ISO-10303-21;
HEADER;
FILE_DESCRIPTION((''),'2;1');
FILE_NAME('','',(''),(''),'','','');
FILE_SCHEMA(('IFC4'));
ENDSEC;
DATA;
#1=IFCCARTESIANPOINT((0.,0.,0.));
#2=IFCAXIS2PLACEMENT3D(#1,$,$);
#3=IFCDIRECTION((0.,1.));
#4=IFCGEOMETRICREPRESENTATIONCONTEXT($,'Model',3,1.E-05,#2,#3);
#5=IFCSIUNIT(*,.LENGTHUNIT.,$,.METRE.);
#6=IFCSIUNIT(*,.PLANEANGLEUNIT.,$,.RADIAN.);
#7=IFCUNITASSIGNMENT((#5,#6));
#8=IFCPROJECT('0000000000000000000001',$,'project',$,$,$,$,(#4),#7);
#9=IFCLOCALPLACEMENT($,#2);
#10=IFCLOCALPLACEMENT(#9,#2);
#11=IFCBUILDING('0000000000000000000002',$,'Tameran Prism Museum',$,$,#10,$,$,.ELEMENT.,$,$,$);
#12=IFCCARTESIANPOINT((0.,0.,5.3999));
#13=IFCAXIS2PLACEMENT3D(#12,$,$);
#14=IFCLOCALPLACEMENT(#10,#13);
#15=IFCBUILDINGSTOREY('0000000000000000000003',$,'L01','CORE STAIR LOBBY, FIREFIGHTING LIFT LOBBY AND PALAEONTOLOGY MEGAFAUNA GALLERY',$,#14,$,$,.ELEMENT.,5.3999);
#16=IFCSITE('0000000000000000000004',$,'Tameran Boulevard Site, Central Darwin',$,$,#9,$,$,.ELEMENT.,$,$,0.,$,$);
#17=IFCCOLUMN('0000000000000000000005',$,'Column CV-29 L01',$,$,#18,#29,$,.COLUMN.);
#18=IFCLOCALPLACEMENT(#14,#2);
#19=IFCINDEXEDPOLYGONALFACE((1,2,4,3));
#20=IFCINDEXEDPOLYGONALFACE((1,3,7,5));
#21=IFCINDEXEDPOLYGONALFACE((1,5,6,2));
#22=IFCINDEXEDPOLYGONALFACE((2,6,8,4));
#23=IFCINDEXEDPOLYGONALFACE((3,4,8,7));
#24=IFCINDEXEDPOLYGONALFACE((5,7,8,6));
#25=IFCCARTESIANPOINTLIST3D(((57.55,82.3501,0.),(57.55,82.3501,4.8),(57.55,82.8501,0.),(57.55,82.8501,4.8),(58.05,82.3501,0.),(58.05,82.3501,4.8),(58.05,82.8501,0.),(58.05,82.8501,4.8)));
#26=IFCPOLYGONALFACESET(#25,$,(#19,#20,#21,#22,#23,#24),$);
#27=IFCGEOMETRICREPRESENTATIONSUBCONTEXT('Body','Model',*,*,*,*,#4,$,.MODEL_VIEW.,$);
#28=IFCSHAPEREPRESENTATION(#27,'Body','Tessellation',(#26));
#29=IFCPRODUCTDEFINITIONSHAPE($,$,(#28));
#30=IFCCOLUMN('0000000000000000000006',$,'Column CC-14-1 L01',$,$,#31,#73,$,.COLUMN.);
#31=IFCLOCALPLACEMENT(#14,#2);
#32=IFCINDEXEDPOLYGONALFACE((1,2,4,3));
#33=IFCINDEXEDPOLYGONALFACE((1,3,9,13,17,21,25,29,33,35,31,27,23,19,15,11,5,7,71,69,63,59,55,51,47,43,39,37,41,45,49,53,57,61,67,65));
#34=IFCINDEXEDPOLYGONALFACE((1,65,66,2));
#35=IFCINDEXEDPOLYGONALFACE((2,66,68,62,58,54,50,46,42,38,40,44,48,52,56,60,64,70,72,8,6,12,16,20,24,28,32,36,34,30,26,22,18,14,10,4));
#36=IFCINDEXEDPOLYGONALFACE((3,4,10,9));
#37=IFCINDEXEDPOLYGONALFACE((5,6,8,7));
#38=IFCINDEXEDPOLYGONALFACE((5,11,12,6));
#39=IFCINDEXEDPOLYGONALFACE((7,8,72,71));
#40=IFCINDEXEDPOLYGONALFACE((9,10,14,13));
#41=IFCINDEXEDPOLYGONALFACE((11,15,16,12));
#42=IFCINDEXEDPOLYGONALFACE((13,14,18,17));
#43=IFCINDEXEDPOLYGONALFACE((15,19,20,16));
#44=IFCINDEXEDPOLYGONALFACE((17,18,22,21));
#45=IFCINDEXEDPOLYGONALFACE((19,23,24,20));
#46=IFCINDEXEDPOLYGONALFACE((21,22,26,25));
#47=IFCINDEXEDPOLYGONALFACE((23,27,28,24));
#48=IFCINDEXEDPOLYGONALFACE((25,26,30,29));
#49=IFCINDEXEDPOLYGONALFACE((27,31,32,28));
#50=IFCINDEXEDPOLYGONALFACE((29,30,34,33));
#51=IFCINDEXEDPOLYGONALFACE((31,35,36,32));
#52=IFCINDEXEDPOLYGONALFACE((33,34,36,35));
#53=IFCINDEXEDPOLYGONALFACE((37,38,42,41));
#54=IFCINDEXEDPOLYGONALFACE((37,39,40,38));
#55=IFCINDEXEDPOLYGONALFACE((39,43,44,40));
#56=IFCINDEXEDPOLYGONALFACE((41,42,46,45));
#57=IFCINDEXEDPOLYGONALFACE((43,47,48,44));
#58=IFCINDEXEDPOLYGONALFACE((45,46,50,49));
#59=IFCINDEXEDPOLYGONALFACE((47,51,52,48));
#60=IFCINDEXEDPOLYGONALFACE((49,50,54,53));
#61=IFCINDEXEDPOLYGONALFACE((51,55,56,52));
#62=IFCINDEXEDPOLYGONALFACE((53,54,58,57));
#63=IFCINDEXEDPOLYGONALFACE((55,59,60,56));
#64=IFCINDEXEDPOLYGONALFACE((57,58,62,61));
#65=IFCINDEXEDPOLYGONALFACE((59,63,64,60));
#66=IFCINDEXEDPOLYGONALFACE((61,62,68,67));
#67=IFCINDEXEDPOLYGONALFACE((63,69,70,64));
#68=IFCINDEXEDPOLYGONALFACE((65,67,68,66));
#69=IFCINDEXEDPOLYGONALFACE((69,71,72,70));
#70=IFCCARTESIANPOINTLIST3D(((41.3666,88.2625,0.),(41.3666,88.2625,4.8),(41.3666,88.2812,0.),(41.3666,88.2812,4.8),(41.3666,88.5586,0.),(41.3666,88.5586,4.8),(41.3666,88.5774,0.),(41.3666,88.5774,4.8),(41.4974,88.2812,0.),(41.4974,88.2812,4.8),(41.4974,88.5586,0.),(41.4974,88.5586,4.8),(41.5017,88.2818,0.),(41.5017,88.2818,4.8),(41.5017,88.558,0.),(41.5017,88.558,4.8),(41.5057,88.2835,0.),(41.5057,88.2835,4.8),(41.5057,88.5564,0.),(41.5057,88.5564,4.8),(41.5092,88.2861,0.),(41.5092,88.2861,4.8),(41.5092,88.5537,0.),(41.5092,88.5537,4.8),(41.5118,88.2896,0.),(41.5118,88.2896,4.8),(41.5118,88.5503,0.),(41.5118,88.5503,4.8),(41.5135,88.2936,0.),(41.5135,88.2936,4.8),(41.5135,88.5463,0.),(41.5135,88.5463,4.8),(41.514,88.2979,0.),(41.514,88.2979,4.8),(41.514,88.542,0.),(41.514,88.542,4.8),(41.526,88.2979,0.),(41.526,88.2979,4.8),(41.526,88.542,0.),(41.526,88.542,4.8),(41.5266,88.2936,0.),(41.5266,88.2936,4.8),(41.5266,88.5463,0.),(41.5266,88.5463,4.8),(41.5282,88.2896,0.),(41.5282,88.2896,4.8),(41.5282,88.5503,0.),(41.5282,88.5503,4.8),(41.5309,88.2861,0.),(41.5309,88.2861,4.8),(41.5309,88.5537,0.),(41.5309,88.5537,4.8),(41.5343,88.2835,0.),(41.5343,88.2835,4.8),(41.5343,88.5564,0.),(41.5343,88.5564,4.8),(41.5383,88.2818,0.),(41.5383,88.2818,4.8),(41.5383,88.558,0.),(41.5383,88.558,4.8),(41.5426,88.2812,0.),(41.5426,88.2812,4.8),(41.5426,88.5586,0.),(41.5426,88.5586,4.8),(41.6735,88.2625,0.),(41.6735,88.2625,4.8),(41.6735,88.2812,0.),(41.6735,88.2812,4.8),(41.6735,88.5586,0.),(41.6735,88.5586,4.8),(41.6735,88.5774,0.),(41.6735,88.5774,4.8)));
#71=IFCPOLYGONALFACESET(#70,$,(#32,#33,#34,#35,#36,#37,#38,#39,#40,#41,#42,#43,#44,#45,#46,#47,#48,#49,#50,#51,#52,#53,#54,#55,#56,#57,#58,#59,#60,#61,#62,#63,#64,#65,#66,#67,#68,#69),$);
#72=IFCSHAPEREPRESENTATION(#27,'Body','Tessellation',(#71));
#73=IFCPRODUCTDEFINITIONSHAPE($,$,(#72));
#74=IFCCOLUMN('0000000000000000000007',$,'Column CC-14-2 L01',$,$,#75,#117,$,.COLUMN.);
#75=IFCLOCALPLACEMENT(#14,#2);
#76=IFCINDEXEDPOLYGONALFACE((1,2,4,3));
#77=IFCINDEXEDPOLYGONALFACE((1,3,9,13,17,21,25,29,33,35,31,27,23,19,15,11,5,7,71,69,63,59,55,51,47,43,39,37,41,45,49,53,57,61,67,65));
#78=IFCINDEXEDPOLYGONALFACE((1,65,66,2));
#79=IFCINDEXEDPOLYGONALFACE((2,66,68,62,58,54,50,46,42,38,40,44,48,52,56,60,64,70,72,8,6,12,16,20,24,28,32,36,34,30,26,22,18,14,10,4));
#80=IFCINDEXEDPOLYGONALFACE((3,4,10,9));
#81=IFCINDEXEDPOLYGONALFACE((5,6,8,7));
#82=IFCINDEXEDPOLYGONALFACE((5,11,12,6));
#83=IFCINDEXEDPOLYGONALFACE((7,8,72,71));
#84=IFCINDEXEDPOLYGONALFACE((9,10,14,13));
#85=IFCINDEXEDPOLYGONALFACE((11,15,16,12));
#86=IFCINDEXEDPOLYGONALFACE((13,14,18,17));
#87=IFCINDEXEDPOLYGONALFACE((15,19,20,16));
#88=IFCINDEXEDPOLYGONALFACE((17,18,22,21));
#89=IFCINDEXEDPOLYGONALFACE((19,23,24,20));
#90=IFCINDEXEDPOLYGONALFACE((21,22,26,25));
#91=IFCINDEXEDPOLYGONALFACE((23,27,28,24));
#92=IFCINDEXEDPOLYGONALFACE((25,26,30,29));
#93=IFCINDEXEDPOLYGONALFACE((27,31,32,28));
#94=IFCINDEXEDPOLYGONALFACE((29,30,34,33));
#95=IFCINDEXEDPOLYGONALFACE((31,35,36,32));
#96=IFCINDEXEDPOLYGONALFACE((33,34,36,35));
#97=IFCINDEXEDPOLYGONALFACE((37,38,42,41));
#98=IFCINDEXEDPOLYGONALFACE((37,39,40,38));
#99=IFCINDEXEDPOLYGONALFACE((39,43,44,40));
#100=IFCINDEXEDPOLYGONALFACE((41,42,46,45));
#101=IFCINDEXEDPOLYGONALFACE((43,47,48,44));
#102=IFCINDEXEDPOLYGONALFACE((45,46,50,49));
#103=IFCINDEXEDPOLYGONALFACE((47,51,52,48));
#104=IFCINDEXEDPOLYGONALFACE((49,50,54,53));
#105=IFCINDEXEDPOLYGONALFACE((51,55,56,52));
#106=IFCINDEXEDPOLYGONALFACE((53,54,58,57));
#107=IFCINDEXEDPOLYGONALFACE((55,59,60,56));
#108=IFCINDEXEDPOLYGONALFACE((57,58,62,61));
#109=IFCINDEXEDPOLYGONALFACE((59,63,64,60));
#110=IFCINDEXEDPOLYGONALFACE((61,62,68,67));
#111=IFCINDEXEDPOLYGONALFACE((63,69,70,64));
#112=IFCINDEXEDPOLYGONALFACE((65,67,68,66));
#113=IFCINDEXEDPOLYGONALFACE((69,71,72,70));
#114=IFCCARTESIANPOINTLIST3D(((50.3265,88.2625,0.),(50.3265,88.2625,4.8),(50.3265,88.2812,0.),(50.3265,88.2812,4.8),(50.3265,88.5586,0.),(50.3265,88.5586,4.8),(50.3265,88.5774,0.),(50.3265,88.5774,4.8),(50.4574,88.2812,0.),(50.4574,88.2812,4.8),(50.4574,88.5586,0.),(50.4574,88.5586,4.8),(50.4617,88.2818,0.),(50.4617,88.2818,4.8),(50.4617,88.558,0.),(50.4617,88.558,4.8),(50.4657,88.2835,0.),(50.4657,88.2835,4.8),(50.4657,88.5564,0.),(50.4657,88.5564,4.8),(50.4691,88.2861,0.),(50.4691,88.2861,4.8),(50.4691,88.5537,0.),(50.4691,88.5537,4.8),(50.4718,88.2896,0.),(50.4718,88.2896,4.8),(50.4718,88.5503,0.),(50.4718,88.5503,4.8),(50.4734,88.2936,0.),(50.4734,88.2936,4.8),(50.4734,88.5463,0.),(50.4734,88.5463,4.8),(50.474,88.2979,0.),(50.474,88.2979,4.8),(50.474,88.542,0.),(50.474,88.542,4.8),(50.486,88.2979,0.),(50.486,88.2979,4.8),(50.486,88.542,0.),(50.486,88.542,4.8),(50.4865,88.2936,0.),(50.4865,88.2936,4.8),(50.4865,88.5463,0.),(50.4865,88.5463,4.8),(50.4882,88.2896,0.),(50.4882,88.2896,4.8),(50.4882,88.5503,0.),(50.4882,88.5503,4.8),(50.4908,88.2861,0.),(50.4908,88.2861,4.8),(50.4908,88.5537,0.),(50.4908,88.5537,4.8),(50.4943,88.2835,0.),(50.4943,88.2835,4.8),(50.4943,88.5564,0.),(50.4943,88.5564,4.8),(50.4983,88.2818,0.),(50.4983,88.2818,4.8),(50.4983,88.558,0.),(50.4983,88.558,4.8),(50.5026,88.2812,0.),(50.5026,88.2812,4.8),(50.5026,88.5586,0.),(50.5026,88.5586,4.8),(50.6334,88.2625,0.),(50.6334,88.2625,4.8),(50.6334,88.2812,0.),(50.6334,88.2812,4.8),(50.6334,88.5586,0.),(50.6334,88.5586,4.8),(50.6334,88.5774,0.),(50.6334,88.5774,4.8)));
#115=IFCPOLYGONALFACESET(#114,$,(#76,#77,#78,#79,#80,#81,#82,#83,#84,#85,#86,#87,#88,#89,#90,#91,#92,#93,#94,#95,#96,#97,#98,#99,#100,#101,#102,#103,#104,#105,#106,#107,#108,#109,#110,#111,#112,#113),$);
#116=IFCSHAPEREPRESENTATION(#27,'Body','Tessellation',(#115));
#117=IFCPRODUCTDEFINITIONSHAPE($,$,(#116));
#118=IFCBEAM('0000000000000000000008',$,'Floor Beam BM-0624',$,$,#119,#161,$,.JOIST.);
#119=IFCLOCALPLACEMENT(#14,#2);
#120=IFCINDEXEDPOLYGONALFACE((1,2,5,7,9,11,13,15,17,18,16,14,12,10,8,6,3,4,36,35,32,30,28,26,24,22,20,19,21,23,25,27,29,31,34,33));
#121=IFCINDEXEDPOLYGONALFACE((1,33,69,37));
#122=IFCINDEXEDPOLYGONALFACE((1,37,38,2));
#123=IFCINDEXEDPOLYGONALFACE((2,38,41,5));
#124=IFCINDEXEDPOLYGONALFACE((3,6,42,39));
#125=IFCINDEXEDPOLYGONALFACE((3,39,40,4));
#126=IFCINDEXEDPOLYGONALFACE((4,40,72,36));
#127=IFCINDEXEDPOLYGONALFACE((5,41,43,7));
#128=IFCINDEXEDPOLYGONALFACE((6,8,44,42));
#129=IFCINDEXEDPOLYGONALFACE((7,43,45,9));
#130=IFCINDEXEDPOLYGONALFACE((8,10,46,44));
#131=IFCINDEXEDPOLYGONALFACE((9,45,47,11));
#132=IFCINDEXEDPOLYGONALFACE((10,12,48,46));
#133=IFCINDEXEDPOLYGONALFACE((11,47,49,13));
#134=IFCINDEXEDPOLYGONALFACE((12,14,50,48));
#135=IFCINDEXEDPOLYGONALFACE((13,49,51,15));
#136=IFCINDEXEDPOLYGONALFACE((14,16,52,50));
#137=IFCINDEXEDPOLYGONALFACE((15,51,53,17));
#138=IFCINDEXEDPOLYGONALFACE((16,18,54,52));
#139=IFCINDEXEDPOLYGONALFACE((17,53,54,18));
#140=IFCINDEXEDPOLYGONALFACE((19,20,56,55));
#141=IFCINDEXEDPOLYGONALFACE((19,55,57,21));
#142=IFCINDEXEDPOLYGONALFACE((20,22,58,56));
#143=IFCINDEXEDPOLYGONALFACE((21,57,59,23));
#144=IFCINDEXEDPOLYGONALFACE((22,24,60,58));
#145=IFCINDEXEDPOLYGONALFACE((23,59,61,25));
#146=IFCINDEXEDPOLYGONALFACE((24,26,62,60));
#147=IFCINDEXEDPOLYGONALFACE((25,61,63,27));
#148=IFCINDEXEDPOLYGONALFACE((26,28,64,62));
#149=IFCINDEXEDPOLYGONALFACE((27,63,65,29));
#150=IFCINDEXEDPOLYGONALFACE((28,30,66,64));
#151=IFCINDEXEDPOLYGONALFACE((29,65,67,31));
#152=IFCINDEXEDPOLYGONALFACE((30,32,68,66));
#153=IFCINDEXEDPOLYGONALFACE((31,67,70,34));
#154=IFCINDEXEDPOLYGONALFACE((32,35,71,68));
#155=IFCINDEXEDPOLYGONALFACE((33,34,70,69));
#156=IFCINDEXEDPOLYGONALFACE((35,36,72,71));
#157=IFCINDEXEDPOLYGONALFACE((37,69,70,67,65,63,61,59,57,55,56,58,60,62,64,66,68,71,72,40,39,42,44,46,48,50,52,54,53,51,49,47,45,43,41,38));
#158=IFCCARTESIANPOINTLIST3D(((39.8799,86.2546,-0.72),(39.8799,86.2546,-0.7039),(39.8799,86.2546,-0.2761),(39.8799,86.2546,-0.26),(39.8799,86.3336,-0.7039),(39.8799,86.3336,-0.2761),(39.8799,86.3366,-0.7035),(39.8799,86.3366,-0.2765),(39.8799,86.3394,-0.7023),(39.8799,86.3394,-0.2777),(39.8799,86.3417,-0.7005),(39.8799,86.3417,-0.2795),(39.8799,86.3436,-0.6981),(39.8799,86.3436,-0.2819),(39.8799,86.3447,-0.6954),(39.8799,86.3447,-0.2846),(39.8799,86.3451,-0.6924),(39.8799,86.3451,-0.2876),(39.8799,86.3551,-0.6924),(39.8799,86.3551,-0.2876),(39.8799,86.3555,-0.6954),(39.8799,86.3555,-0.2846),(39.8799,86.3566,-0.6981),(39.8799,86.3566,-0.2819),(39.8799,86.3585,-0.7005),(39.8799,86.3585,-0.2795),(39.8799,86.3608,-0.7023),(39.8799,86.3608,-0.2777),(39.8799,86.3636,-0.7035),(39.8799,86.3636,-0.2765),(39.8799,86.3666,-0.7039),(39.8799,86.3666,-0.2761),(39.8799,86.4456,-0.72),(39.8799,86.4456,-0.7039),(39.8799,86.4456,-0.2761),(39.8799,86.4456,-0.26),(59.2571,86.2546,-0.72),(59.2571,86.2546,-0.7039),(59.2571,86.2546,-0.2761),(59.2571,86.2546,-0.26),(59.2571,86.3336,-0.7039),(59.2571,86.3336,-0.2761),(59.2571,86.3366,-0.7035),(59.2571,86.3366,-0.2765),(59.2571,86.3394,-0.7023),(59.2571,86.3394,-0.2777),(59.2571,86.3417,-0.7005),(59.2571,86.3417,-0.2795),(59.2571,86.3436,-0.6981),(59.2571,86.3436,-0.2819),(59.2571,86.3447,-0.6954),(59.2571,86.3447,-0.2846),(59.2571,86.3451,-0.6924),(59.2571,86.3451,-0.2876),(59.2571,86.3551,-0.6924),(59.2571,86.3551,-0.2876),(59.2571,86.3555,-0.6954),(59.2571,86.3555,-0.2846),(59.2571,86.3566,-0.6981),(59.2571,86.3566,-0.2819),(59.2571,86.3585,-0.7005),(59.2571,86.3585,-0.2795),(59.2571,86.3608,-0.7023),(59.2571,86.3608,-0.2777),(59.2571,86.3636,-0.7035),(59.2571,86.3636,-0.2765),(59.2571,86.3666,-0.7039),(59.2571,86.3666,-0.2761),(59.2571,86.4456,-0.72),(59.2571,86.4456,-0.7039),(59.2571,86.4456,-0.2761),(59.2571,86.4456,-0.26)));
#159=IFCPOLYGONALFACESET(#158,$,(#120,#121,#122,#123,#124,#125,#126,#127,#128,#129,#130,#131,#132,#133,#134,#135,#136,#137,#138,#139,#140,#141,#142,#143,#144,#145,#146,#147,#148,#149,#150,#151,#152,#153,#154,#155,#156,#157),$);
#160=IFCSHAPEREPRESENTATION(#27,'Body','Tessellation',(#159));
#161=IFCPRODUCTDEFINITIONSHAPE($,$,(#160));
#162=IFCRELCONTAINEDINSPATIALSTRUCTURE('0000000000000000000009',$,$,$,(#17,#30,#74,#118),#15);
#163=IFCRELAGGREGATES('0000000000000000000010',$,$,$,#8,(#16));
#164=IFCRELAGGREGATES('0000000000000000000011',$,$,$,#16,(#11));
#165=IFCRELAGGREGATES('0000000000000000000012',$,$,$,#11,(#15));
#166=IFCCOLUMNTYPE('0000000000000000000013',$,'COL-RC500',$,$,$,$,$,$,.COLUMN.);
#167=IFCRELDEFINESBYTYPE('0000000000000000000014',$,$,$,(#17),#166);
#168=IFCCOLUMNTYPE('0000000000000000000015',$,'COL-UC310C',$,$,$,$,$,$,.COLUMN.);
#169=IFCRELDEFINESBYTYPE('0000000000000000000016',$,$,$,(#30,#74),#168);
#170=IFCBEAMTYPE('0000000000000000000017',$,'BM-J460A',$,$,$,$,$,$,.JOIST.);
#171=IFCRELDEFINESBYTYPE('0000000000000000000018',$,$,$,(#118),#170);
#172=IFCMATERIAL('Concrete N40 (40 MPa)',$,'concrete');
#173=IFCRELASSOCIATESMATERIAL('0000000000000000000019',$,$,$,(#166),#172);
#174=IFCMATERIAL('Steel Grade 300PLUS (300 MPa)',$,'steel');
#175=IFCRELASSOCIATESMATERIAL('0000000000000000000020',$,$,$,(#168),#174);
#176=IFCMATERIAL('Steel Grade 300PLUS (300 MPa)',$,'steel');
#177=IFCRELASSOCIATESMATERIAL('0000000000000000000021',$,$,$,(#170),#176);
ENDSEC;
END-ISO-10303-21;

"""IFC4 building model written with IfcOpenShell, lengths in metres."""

from ifc_helpers import new_model, si_unit, direction, frame, origin, origin_2d, place, context, subcontext, project, spatial, rectangle, i_section, extrude, material, material_profile, profile_set, type_object, element, save


model = new_model("IFC4")

# Units and contexts
model_context = context("Model", 3, precision=1e-05, world=origin(), true_north=direction((0.0, 1.0)))
body_context = subcontext(model_context, "Body", "Model", "MODEL_VIEW")
ifc_project = project(units=[si_unit("LENGTHUNIT", "METRE"), si_unit("PLANEANGLEUNIT", "RADIAN")], contexts=[model_context])

# Site, building, storey
site_placement = place(None, origin())
site = spatial("IfcSite", under=ifc_project, at=site_placement, Name="Tameran Boulevard Site, Central Darwin", CompositionType="ELEMENT", RefElevation=0.0)
building_placement = place(site_placement, origin())
building = spatial("IfcBuilding", under=site, at=building_placement, Name="Tameran Prism Museum", CompositionType="ELEMENT")
storey_placement = place(building_placement, frame((0.0, 0.0, 5.3999)))
storey = spatial("IfcBuildingStorey", under=building, at=storey_placement, Name="L01", Description="CORE STAIR LOBBY, FIREFIGHTING LIFT LOBBY AND PALAEONTOLOGY MEGAFAUNA GALLERY", CompositionType="ELEMENT", Elevation=5.3999)

# Columns
ifc_material_1 = material(Name="Concrete N40 (40 MPa)", Category="concrete")
ifc_material_profile_1 = material_profile(ifc_material_1, rectangle(XDim=0.5, YDim=0.5, at=origin_2d()))
ifc_profile_set_1 = profile_set([ifc_material_profile_1])
column_type_1 = type_object("IfcColumnType", Name="COL-RC500", PredefinedType="COLUMN", material=ifc_profile_set_1)
column_placement = place(storey_placement, frame((57.8, 82.6001, 0.0), z_axis=(0.0, 0.0, 1.0), x_axis=(1.0, 0.0, 0.0)))
element("IfcColumn", 1, at=column_placement, inside=storey, type_object=column_type_1, Name="Column CV-29 L01", PredefinedType="COLUMN", context=body_context, shape_type="SweptSolid", body=[
    extrude(rectangle(XDim=0.5, YDim=0.5, at=origin_2d()), origin(), (0.0, 0.0, 1.0), 4.8),
])
ifc_material_2 = material(Name="Steel Grade 300PLUS (300 MPa)", Category="steel")
ifc_material_profile_2 = material_profile(ifc_material_2, i_section(OverallWidth=0.3069, OverallDepth=0.3149, WebThickness=0.012, FlangeThickness=0.0188, FilletRadius=0.0166, at=origin_2d()))
ifc_profile_set_2 = profile_set([ifc_material_profile_2])
column_type_2 = type_object("IfcColumnType", Name="COL-UC310C", PredefinedType="COLUMN", material=ifc_profile_set_2)
for number, where, z_axis, x_axis, name in (
    (2, (41.52, 88.4199, 0.0), (0.0, 0.0, 1.0), (1.0, 0.0, 0.0), "Column CC-14-1 L01"),
    (3, (50.48, 88.4199, 0.0), (0.0, 0.0, 1.0), (1.0, 0.0, 0.0), "Column CC-14-2 L01"),
):
    element("IfcColumn", number, at=place(storey_placement, frame(where, z_axis=z_axis, x_axis=x_axis)), inside=storey, type_object=column_type_2, Name=name, PredefinedType="COLUMN", context=body_context, shape_type="SweptSolid", body=[
        extrude(i_section(OverallWidth=0.3069, OverallDepth=0.3149, WebThickness=0.012, FlangeThickness=0.0188, FilletRadius=0.0166, at=origin_2d()), origin(), (0.0, 0.0, 1.0), 4.8),
    ])

# Beam
ifc_material_3 = material(Name="Steel Grade 300PLUS (300 MPa)", Category="steel")
ifc_material_profile_3 = material_profile(ifc_material_3, i_section(OverallWidth=0.1909, OverallDepth=0.46, WebThickness=0.01, FlangeThickness=0.0161, FilletRadius=0.0115, at=origin_2d()))
ifc_profile_set_3 = profile_set([ifc_material_profile_3])
beam_type_1 = type_object("IfcBeamType", Name="BM-J460A", PredefinedType="JOIST", material=ifc_profile_set_3)
beam_1_placement = place(storey_placement, frame((39.8799, 86.3501, -0.49), z_axis=(1.0, 0.0, 0.0), x_axis=(0.0, 1.0, 0.0)))
element("IfcBeam", 4, at=beam_1_placement, inside=storey, type_object=beam_type_1, Name="Floor Beam BM-0624", PredefinedType="JOIST", context=body_context, shape_type="SweptSolid", body=[
    extrude(i_section(OverallWidth=0.1909, OverallDepth=0.46, WebThickness=0.01, FlangeThickness=0.0161, FilletRadius=0.0115, at=origin_2d()), origin(), (0.0, 0.0, 1.0), 19.3772),
])

save(model, "model.ifc")
